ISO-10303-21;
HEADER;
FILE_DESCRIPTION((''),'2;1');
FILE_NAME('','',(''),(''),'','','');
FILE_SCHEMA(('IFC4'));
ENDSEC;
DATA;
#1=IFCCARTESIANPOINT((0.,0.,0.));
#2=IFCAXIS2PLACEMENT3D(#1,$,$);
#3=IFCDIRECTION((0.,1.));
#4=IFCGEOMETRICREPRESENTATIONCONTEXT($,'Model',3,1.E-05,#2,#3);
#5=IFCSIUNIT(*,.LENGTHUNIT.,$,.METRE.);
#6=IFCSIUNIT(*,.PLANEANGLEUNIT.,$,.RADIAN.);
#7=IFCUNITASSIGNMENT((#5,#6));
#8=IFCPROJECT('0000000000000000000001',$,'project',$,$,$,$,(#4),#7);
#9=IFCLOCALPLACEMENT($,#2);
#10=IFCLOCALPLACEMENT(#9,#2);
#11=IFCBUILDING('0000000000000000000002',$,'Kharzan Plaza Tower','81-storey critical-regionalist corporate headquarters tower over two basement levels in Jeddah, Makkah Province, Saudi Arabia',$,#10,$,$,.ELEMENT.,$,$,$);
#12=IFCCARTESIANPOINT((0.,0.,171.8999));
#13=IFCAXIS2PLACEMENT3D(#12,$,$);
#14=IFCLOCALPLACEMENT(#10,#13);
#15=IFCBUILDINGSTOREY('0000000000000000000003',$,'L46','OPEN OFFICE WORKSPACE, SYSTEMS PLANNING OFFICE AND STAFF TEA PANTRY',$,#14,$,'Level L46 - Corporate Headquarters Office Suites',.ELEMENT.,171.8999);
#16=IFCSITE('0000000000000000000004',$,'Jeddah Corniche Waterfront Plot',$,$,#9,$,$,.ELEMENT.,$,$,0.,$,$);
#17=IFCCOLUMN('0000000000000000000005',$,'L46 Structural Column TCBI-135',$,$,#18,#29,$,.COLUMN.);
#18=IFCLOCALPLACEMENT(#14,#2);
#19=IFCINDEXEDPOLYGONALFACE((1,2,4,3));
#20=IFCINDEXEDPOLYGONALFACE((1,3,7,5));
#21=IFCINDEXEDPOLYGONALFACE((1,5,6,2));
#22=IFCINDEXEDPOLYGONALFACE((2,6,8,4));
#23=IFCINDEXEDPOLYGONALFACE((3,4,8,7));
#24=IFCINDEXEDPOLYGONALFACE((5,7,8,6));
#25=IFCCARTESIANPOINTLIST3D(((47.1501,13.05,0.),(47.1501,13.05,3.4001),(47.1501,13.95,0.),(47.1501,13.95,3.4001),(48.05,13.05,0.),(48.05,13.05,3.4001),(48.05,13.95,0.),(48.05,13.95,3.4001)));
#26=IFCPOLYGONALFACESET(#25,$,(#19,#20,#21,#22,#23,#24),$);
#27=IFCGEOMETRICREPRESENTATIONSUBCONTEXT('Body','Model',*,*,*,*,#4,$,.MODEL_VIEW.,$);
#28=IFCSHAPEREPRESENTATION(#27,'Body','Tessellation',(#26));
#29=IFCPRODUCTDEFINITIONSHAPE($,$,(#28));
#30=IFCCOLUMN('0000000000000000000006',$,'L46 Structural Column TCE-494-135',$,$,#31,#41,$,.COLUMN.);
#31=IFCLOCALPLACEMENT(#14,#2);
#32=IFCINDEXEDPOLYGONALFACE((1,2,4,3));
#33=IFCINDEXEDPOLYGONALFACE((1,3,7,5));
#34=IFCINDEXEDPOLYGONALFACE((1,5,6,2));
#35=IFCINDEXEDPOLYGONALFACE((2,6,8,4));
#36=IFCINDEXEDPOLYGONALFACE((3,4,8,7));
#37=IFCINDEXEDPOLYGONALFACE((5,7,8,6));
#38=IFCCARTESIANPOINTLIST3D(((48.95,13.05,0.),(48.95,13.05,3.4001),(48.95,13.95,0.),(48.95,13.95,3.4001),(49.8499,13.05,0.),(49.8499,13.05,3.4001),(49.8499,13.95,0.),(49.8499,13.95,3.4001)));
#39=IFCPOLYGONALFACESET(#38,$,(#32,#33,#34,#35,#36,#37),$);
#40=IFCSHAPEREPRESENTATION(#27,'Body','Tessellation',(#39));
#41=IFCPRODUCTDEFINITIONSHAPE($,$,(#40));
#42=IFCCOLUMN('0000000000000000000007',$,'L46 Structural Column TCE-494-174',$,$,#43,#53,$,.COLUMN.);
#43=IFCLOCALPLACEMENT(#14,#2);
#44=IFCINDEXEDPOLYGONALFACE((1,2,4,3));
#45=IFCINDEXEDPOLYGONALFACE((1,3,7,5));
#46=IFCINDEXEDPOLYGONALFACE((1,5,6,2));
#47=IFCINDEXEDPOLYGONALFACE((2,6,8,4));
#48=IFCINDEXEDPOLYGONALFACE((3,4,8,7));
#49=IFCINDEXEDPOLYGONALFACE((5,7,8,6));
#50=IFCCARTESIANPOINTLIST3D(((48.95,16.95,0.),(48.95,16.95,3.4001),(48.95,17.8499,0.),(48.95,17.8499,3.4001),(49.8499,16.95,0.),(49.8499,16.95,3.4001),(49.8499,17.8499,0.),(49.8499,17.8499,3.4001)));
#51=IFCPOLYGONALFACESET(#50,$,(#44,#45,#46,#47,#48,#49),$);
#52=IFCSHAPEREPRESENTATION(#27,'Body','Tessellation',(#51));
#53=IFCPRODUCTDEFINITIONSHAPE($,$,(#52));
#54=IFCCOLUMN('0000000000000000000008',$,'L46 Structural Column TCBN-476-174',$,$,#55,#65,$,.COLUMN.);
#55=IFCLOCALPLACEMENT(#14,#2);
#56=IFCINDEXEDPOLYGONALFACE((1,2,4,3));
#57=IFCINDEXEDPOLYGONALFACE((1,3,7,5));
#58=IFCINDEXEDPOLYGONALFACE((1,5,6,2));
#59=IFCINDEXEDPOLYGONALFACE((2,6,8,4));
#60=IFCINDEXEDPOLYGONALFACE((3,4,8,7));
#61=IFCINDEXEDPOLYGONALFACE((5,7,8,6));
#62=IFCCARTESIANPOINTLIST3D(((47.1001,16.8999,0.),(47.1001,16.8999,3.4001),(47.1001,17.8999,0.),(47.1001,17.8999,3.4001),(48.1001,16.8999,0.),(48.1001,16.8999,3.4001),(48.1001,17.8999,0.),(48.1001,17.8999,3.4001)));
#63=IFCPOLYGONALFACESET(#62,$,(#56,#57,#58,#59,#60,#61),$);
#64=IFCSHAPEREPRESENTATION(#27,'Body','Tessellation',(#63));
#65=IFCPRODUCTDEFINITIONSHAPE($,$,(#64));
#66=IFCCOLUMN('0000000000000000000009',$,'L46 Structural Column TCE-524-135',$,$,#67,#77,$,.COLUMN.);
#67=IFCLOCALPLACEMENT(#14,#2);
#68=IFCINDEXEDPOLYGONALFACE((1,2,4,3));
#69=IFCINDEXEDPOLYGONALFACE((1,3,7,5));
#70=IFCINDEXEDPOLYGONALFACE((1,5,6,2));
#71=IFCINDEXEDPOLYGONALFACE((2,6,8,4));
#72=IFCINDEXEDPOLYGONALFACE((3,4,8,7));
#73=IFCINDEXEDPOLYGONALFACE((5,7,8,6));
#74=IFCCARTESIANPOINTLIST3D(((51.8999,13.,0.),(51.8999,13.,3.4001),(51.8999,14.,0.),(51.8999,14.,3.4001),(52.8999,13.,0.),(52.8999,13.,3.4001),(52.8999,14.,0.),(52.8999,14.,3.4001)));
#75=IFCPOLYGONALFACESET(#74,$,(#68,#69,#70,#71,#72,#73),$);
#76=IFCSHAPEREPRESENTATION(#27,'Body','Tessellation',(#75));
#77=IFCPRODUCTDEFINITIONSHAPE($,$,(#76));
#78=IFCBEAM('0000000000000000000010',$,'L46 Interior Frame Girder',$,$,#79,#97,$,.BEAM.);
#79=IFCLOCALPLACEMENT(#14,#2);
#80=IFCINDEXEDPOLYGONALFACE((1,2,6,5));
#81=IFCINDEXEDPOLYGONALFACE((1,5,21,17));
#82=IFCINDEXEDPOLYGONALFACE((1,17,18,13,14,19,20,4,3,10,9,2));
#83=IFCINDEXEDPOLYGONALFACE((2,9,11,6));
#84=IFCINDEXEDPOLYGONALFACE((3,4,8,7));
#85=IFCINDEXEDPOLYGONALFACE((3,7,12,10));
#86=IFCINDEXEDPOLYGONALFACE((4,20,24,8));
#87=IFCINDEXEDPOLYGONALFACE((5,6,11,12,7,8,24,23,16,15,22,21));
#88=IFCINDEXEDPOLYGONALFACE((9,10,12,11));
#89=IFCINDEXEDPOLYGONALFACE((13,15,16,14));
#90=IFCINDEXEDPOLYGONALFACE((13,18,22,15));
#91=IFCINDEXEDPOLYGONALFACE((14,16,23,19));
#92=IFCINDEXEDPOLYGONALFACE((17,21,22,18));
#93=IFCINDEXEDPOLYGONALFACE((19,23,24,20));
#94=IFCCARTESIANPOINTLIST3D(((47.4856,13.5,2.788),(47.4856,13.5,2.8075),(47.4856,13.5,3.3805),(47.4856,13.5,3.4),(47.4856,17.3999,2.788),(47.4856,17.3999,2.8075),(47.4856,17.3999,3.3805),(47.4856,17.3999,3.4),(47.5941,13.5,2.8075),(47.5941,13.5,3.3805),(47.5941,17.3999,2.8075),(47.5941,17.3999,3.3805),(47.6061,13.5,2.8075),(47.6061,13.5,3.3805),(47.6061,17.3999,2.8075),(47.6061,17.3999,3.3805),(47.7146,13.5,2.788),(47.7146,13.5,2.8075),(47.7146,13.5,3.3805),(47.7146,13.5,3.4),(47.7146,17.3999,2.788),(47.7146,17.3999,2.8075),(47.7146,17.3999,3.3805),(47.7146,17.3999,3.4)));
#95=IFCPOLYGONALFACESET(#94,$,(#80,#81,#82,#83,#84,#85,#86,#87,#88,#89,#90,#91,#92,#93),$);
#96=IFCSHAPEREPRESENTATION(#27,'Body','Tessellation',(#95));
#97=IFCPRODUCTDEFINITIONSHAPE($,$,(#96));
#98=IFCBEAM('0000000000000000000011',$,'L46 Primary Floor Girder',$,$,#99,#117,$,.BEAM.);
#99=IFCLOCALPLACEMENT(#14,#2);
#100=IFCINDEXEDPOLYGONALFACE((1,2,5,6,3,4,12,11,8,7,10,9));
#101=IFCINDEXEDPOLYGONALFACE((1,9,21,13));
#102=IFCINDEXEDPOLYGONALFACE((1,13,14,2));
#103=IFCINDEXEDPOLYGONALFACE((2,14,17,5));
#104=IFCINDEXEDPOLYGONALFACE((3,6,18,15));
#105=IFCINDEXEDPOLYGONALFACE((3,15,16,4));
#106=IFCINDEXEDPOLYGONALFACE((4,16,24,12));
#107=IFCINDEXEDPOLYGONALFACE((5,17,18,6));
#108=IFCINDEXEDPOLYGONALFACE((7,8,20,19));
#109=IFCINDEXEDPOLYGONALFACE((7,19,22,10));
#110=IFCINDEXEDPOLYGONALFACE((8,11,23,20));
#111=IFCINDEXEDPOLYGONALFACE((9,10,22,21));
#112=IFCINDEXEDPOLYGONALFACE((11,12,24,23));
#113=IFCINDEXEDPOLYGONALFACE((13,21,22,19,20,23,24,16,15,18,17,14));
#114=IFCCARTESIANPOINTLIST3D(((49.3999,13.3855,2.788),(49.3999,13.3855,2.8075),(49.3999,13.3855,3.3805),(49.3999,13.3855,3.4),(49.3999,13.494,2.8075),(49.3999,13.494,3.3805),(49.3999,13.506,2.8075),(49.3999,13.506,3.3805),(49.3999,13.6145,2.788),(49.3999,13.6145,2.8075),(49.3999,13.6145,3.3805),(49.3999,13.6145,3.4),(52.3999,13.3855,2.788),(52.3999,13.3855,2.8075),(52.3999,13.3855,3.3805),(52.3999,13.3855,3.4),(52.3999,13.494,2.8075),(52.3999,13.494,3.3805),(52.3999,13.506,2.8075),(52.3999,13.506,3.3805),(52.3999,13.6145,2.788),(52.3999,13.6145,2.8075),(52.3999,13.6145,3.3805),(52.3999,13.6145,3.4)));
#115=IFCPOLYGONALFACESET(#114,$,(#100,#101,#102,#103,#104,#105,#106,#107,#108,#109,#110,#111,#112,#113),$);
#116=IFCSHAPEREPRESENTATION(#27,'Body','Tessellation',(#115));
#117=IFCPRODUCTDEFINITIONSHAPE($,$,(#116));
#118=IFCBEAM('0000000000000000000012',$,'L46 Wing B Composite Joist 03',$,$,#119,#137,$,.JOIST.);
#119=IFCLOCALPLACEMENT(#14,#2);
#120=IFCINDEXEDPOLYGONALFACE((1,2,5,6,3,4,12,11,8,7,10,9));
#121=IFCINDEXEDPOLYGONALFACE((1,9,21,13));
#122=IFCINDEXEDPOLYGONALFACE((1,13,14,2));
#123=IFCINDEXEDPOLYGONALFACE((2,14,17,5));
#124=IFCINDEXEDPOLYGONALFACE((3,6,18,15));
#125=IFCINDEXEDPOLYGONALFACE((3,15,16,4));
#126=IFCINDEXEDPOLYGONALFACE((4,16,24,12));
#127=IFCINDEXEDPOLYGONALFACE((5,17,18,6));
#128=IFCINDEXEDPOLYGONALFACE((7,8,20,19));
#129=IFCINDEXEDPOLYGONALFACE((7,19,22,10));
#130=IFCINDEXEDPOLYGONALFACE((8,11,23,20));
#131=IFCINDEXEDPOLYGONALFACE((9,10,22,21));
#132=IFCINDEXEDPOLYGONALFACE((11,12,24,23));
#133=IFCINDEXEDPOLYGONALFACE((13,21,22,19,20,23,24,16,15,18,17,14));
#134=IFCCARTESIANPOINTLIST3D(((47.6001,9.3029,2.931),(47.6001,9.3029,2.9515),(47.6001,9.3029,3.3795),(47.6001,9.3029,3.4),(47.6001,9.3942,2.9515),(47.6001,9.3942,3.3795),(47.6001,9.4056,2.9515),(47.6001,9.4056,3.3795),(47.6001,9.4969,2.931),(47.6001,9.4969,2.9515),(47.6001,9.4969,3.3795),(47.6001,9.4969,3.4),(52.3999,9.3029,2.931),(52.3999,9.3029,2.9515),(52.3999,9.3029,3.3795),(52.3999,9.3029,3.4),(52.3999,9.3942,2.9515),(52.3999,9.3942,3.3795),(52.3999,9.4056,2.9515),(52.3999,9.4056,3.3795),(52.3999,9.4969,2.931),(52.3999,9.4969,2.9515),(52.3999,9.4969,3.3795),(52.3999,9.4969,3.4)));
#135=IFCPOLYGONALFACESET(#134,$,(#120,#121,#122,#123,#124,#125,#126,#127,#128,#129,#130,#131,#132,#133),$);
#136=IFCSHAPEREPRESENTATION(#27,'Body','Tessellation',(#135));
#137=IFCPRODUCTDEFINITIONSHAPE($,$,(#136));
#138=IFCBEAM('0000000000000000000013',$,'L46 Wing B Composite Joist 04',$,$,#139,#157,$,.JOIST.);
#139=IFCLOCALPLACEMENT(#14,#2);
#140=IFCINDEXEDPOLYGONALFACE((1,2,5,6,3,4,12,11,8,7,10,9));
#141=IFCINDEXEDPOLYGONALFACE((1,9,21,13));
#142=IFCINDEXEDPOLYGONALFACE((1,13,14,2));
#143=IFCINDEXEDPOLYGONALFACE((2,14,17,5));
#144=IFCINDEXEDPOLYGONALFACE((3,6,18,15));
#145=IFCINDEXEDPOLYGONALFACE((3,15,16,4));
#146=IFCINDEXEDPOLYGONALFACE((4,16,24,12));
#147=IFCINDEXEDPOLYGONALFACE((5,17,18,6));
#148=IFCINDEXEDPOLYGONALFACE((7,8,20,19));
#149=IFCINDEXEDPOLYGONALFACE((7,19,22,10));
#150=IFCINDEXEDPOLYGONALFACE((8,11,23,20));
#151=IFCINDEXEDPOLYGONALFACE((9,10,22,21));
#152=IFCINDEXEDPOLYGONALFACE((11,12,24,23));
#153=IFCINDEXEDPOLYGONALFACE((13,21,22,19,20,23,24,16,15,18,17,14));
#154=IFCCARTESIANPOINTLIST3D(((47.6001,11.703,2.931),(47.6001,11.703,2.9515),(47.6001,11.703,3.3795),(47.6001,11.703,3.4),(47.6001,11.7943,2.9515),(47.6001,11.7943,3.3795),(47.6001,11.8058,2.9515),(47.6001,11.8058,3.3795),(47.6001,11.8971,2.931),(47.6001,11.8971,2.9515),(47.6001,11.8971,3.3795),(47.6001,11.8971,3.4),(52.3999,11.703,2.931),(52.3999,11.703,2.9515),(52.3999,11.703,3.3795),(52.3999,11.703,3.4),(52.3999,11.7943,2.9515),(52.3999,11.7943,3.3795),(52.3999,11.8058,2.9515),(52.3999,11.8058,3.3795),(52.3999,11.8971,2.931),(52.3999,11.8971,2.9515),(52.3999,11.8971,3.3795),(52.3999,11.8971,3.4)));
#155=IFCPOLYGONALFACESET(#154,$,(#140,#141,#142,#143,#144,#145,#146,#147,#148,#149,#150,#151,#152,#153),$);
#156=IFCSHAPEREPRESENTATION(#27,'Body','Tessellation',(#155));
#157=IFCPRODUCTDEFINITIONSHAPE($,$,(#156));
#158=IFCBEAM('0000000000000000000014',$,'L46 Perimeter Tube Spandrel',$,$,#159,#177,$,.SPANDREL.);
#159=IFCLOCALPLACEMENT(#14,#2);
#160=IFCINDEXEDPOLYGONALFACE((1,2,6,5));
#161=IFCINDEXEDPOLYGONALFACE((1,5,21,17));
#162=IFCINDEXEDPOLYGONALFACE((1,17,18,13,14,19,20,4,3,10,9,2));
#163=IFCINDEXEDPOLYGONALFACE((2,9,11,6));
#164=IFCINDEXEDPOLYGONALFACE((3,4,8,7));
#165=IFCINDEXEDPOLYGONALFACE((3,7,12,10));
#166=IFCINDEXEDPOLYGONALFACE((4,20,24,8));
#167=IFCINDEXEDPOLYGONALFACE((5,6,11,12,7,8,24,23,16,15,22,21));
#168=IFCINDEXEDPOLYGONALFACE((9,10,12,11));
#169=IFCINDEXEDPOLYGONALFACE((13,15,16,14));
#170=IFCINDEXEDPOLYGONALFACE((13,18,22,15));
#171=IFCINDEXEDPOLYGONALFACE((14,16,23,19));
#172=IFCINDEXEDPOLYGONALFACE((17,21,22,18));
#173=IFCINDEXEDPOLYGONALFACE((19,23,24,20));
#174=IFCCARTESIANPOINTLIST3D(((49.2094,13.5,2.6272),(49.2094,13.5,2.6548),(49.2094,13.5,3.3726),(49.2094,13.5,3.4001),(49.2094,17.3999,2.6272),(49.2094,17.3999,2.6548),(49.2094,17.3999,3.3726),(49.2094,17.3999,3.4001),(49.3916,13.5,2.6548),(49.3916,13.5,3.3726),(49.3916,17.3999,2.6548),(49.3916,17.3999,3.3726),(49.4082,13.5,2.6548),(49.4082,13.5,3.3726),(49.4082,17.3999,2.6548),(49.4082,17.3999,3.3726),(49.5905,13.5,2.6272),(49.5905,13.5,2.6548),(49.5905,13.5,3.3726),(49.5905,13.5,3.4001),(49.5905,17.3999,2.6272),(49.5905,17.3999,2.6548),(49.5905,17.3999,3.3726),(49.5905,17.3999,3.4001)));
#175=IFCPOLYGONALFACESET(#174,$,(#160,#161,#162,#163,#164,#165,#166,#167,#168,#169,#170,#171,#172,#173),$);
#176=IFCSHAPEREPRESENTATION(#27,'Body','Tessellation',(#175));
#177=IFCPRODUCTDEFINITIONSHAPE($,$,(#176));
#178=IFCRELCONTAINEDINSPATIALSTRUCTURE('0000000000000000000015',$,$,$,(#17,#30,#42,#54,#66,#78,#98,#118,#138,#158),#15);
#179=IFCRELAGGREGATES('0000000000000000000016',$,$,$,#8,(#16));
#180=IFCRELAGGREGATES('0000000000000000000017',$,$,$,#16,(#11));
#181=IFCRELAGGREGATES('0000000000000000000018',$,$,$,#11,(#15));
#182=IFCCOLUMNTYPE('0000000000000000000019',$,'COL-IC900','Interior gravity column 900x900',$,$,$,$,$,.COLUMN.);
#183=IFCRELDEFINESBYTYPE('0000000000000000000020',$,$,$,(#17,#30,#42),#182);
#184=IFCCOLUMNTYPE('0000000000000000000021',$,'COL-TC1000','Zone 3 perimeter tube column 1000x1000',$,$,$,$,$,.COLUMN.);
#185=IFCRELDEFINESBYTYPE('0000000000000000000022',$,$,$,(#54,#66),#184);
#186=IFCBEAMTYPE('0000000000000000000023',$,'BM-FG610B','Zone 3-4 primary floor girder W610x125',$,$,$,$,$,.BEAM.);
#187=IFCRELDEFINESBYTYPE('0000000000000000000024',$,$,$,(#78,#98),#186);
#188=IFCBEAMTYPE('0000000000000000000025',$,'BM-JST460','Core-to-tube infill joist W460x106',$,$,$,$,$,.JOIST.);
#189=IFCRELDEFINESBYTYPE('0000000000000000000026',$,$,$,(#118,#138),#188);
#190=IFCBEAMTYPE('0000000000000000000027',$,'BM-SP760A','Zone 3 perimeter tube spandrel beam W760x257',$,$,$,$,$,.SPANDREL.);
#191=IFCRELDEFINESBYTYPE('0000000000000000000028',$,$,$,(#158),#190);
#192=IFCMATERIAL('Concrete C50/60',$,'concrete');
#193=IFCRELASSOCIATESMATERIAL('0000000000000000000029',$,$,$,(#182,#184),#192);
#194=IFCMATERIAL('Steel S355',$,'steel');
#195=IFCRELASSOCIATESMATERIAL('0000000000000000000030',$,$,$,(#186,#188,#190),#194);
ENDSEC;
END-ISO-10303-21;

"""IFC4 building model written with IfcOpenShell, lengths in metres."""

from ifc_helpers import new_model, si_unit, direction, frame, origin, origin_2d, place, context, subcontext, project, spatial, rectangle, i_section, extrude, source, transform, mapped, material, material_profile, profile_set, type_object, element, save


model = new_model("IFC4")

# Units and contexts
model_context = context("Model", 3, precision=1e-05, world=origin(), true_north=direction((0.0, 1.0)))
body_context = subcontext(model_context, "Body", "Model", "MODEL_VIEW")
ifc_project = project(units=[si_unit("LENGTHUNIT", "METRE"), si_unit("PLANEANGLEUNIT", "RADIAN")], contexts=[model_context])

# Site, building, storey
site_placement = place(None, origin())
site = spatial("IfcSite", under=ifc_project, at=site_placement, Name="Jeddah Corniche Waterfront Plot", CompositionType="ELEMENT", RefElevation=0.0)
building_placement = place(site_placement, origin())
building = spatial("IfcBuilding", under=site, at=building_placement, Name="Kharzan Plaza Tower", Description="81-storey critical-regionalist corporate headquarters tower over two basement levels in Jeddah, Makkah Province, Saudi Arabia", CompositionType="ELEMENT")
storey_placement = place(building_placement, frame((0.0, 0.0, 171.8999)))
storey = spatial("IfcBuildingStorey", under=building, at=storey_placement, Name="L46", Description="OPEN OFFICE WORKSPACE, SYSTEMS PLANNING OFFICE AND STAFF TEA PANTRY", LongName="Level L46 - Corporate Headquarters Office Suites", CompositionType="ELEMENT", Elevation=171.8999)

# Columns
ifc_material_1 = material(Name="Concrete C50/60", Category="concrete")
ifc_material_profile_1 = material_profile(ifc_material_1, rectangle(XDim=0.8999, YDim=0.8999, at=origin_2d()), Name="RC-IC900x900")
ifc_profile_set_1 = profile_set([ifc_material_profile_1], Name="Concrete C50/60")
column_type_1 = type_object("IfcColumnType", Name="COL-IC900", Description="Interior gravity column 900x900", PredefinedType="COLUMN", material=ifc_profile_set_1)
shared_shape_1 = source(origin(), body_context, "Body", "SweptSolid", [
    extrude(rectangle(XDim=0.8999, YDim=0.8999, at=origin_2d()), origin(), (0.0, 0.0, 1.0), 3.4001),
])
for number, where, z_axis, x_axis, name in (
    (1, (47.6001, 13.5, 0.0), (0.0, 0.0, 1.0), (1.0, 0.0, 0.0), "L46 Structural Column TCBI-135"),
    (2, (49.3999, 13.5, 0.0), (0.0, 0.0, 1.0), (1.0, 0.0, 0.0), "L46 Structural Column TCE-494-135"),
    (3, (49.3999, 17.3999, 0.0), (0.0, 0.0, 1.0), (1.0, 0.0, 0.0), "L46 Structural Column TCE-494-174"),
):
    element("IfcColumn", number, at=place(storey_placement, frame(where, z_axis=z_axis, x_axis=x_axis)), inside=storey, type_object=column_type_1, Name=name, PredefinedType="COLUMN", context=body_context, shape_type="MappedRepresentation", body=[
        mapped(shared_shape_1, transform((0.0, 0.0, 0.0), x_axis=(1.0, 0.0, 0.0), y_axis=(0.0, 1.0, 0.0), z_axis=(0.0, 0.0, 1.0))),
    ])
ifc_material_profile_2 = material_profile(ifc_material_1, rectangle(XDim=1.0, YDim=1.0, at=origin_2d()), Name="RC-TC1000x1000")
ifc_profile_set_2 = profile_set([ifc_material_profile_2], Name="Concrete C50/60")
column_type_2 = type_object("IfcColumnType", Name="COL-TC1000", Description="Zone 3 perimeter tube column 1000x1000", PredefinedType="COLUMN", material=ifc_profile_set_2)
shared_shape_2 = source(origin(), body_context, "Body", "SweptSolid", [
    extrude(rectangle(XDim=1.0, YDim=1.0, at=origin_2d()), origin(), (0.0, 0.0, 1.0), 3.4001),
])
for number, where, z_axis, x_axis, name in (
    (4, (47.6001, 17.3999, 0.0), (0.0, 0.0, 1.0), (1.0, 0.0, 0.0), "L46 Structural Column TCBN-476-174"),
    (5, (52.3999, 13.5, 0.0), (0.0, 0.0, 1.0), (1.0, 0.0, 0.0), "L46 Structural Column TCE-524-135"),
):
    element("IfcColumn", number, at=place(storey_placement, frame(where, z_axis=z_axis, x_axis=x_axis)), inside=storey, type_object=column_type_2, Name=name, PredefinedType="COLUMN", context=body_context, shape_type="MappedRepresentation", body=[
        mapped(shared_shape_2, transform((0.0, 0.0, 0.0), x_axis=(1.0, 0.0, 0.0), y_axis=(0.0, 1.0, 0.0), z_axis=(0.0, 0.0, 1.0))),
    ])

# Beams
ifc_material_2 = material(Name="Steel S355", Category="steel")
ifc_material_profile_3 = material_profile(ifc_material_2, i_section(OverallWidth=0.229, OverallDepth=0.6121, WebThickness=0.012, FlangeThickness=0.0195, at=origin_2d()), Name="W610x125")
ifc_profile_set_3 = profile_set([ifc_material_profile_3], Name="Steel S355")
beam_type_1 = type_object("IfcBeamType", Name="BM-FG610B", Description="Zone 3-4 primary floor girder W610x125", PredefinedType="BEAM", material=ifc_profile_set_3)
shared_shape_3 = source(origin(), body_context, "Body", "SweptSolid", [
    extrude(i_section(OverallWidth=0.229, OverallDepth=0.6121, WebThickness=0.012, FlangeThickness=0.0195, at=origin_2d()), origin(), (0.0, 0.0, 1.0), 3.8999),
])
beam_1_placement = place(storey_placement, frame((47.6001, 13.5, 3.094), z_axis=(0.0, 1.0, 0.0), x_axis=(-1.0, 0.0, 0.0)))
element("IfcBeam", 6, at=beam_1_placement, inside=storey, type_object=beam_type_1, Name="L46 Interior Frame Girder", PredefinedType="BEAM", context=body_context, shape_type="MappedRepresentation", body=[
    mapped(shared_shape_3, transform((0.0, 0.0, 0.0), x_axis=(1.0, 0.0, 0.0), y_axis=(0.0, 1.0, 0.0), z_axis=(0.0, 0.0, 1.0))),
])
shared_shape_4 = source(origin(), body_context, "Body", "SweptSolid", [
    extrude(i_section(OverallWidth=0.229, OverallDepth=0.6121, WebThickness=0.012, FlangeThickness=0.0195, at=origin_2d()), origin(), (0.0, 0.0, 1.0), 3.0),
])
beam_2_placement = place(storey_placement, frame((49.3999, 13.5, 3.094), z_axis=(1.0, 0.0, 0.0), x_axis=(0.0, 1.0, 0.0)))
element("IfcBeam", 7, at=beam_2_placement, inside=storey, type_object=beam_type_1, Name="L46 Primary Floor Girder", PredefinedType="BEAM", context=body_context, shape_type="MappedRepresentation", body=[
    mapped(shared_shape_4, transform((0.0, 0.0, 0.0), x_axis=(1.0, 0.0, 0.0), y_axis=(0.0, 1.0, 0.0), z_axis=(0.0, 0.0, 1.0))),
])
ifc_material_profile_4 = material_profile(ifc_material_2, i_section(OverallWidth=0.1941, OverallDepth=0.469, WebThickness=0.0115, FlangeThickness=0.0205, at=origin_2d()), Name="W460x106")
ifc_profile_set_4 = profile_set([ifc_material_profile_4], Name="Steel S355")
beam_type_2 = type_object("IfcBeamType", Name="BM-JST460", Description="Core-to-tube infill joist W460x106", PredefinedType="JOIST", material=ifc_profile_set_4)
shared_shape_5 = source(origin(), body_context, "Body", "SweptSolid", [
    extrude(i_section(OverallWidth=0.1941, OverallDepth=0.469, WebThickness=0.0115, FlangeThickness=0.0205, at=origin_2d()), origin(), (0.0, 0.0, 1.0), 4.7998),
])
for number, where, z_axis, x_axis, name in (
    (8, (47.6001, 9.3999, 3.1655), (1.0, 0.0, 0.0), (0.0, 1.0, 0.0), "L46 Wing B Composite Joist 03"),
    (9, (47.6001, 11.8, 3.1655), (1.0, 0.0, 0.0), (0.0, 1.0, 0.0), "L46 Wing B Composite Joist 04"),
):
    element("IfcBeam", number, at=place(storey_placement, frame(where, z_axis=z_axis, x_axis=x_axis)), inside=storey, type_object=beam_type_2, Name=name, PredefinedType="JOIST", context=body_context, shape_type="MappedRepresentation", body=[
        mapped(shared_shape_5, transform((0.0, 0.0, 0.0), x_axis=(1.0, 0.0, 0.0), y_axis=(0.0, 1.0, 0.0), z_axis=(0.0, 0.0, 1.0))),
    ])
ifc_material_profile_5 = material_profile(ifc_material_2, i_section(OverallWidth=0.3811, OverallDepth=0.7729, WebThickness=0.0166, FlangeThickness=0.0276, at=origin_2d()), Name="W760x257")
ifc_profile_set_5 = profile_set([ifc_material_profile_5], Name="Steel S355")
beam_type_3 = type_object("IfcBeamType", Name="BM-SP760A", Description="Zone 3 perimeter tube spandrel beam W760x257", PredefinedType="SPANDREL", material=ifc_profile_set_5)
shared_shape_6 = source(origin(), body_context, "Body", "SweptSolid", [
    extrude(i_section(OverallWidth=0.3811, OverallDepth=0.7729, WebThickness=0.0166, FlangeThickness=0.0276, at=origin_2d()), origin(), (0.0, 0.0, 1.0), 3.8999),
])
beam_3_placement = place(storey_placement, frame((49.3999, 13.5, 3.0137), z_axis=(0.0, 1.0, 0.0), x_axis=(-1.0, 0.0, 0.0)))
element("IfcBeam", 10, at=beam_3_placement, inside=storey, type_object=beam_type_3, Name="L46 Perimeter Tube Spandrel", PredefinedType="SPANDREL", context=body_context, shape_type="MappedRepresentation", body=[
    mapped(shared_shape_6, transform((0.0, 0.0, 0.0), x_axis=(1.0, 0.0, 0.0), y_axis=(0.0, 1.0, 0.0), z_axis=(0.0, 0.0, 1.0))),
])

save(model, "model.ifc")
